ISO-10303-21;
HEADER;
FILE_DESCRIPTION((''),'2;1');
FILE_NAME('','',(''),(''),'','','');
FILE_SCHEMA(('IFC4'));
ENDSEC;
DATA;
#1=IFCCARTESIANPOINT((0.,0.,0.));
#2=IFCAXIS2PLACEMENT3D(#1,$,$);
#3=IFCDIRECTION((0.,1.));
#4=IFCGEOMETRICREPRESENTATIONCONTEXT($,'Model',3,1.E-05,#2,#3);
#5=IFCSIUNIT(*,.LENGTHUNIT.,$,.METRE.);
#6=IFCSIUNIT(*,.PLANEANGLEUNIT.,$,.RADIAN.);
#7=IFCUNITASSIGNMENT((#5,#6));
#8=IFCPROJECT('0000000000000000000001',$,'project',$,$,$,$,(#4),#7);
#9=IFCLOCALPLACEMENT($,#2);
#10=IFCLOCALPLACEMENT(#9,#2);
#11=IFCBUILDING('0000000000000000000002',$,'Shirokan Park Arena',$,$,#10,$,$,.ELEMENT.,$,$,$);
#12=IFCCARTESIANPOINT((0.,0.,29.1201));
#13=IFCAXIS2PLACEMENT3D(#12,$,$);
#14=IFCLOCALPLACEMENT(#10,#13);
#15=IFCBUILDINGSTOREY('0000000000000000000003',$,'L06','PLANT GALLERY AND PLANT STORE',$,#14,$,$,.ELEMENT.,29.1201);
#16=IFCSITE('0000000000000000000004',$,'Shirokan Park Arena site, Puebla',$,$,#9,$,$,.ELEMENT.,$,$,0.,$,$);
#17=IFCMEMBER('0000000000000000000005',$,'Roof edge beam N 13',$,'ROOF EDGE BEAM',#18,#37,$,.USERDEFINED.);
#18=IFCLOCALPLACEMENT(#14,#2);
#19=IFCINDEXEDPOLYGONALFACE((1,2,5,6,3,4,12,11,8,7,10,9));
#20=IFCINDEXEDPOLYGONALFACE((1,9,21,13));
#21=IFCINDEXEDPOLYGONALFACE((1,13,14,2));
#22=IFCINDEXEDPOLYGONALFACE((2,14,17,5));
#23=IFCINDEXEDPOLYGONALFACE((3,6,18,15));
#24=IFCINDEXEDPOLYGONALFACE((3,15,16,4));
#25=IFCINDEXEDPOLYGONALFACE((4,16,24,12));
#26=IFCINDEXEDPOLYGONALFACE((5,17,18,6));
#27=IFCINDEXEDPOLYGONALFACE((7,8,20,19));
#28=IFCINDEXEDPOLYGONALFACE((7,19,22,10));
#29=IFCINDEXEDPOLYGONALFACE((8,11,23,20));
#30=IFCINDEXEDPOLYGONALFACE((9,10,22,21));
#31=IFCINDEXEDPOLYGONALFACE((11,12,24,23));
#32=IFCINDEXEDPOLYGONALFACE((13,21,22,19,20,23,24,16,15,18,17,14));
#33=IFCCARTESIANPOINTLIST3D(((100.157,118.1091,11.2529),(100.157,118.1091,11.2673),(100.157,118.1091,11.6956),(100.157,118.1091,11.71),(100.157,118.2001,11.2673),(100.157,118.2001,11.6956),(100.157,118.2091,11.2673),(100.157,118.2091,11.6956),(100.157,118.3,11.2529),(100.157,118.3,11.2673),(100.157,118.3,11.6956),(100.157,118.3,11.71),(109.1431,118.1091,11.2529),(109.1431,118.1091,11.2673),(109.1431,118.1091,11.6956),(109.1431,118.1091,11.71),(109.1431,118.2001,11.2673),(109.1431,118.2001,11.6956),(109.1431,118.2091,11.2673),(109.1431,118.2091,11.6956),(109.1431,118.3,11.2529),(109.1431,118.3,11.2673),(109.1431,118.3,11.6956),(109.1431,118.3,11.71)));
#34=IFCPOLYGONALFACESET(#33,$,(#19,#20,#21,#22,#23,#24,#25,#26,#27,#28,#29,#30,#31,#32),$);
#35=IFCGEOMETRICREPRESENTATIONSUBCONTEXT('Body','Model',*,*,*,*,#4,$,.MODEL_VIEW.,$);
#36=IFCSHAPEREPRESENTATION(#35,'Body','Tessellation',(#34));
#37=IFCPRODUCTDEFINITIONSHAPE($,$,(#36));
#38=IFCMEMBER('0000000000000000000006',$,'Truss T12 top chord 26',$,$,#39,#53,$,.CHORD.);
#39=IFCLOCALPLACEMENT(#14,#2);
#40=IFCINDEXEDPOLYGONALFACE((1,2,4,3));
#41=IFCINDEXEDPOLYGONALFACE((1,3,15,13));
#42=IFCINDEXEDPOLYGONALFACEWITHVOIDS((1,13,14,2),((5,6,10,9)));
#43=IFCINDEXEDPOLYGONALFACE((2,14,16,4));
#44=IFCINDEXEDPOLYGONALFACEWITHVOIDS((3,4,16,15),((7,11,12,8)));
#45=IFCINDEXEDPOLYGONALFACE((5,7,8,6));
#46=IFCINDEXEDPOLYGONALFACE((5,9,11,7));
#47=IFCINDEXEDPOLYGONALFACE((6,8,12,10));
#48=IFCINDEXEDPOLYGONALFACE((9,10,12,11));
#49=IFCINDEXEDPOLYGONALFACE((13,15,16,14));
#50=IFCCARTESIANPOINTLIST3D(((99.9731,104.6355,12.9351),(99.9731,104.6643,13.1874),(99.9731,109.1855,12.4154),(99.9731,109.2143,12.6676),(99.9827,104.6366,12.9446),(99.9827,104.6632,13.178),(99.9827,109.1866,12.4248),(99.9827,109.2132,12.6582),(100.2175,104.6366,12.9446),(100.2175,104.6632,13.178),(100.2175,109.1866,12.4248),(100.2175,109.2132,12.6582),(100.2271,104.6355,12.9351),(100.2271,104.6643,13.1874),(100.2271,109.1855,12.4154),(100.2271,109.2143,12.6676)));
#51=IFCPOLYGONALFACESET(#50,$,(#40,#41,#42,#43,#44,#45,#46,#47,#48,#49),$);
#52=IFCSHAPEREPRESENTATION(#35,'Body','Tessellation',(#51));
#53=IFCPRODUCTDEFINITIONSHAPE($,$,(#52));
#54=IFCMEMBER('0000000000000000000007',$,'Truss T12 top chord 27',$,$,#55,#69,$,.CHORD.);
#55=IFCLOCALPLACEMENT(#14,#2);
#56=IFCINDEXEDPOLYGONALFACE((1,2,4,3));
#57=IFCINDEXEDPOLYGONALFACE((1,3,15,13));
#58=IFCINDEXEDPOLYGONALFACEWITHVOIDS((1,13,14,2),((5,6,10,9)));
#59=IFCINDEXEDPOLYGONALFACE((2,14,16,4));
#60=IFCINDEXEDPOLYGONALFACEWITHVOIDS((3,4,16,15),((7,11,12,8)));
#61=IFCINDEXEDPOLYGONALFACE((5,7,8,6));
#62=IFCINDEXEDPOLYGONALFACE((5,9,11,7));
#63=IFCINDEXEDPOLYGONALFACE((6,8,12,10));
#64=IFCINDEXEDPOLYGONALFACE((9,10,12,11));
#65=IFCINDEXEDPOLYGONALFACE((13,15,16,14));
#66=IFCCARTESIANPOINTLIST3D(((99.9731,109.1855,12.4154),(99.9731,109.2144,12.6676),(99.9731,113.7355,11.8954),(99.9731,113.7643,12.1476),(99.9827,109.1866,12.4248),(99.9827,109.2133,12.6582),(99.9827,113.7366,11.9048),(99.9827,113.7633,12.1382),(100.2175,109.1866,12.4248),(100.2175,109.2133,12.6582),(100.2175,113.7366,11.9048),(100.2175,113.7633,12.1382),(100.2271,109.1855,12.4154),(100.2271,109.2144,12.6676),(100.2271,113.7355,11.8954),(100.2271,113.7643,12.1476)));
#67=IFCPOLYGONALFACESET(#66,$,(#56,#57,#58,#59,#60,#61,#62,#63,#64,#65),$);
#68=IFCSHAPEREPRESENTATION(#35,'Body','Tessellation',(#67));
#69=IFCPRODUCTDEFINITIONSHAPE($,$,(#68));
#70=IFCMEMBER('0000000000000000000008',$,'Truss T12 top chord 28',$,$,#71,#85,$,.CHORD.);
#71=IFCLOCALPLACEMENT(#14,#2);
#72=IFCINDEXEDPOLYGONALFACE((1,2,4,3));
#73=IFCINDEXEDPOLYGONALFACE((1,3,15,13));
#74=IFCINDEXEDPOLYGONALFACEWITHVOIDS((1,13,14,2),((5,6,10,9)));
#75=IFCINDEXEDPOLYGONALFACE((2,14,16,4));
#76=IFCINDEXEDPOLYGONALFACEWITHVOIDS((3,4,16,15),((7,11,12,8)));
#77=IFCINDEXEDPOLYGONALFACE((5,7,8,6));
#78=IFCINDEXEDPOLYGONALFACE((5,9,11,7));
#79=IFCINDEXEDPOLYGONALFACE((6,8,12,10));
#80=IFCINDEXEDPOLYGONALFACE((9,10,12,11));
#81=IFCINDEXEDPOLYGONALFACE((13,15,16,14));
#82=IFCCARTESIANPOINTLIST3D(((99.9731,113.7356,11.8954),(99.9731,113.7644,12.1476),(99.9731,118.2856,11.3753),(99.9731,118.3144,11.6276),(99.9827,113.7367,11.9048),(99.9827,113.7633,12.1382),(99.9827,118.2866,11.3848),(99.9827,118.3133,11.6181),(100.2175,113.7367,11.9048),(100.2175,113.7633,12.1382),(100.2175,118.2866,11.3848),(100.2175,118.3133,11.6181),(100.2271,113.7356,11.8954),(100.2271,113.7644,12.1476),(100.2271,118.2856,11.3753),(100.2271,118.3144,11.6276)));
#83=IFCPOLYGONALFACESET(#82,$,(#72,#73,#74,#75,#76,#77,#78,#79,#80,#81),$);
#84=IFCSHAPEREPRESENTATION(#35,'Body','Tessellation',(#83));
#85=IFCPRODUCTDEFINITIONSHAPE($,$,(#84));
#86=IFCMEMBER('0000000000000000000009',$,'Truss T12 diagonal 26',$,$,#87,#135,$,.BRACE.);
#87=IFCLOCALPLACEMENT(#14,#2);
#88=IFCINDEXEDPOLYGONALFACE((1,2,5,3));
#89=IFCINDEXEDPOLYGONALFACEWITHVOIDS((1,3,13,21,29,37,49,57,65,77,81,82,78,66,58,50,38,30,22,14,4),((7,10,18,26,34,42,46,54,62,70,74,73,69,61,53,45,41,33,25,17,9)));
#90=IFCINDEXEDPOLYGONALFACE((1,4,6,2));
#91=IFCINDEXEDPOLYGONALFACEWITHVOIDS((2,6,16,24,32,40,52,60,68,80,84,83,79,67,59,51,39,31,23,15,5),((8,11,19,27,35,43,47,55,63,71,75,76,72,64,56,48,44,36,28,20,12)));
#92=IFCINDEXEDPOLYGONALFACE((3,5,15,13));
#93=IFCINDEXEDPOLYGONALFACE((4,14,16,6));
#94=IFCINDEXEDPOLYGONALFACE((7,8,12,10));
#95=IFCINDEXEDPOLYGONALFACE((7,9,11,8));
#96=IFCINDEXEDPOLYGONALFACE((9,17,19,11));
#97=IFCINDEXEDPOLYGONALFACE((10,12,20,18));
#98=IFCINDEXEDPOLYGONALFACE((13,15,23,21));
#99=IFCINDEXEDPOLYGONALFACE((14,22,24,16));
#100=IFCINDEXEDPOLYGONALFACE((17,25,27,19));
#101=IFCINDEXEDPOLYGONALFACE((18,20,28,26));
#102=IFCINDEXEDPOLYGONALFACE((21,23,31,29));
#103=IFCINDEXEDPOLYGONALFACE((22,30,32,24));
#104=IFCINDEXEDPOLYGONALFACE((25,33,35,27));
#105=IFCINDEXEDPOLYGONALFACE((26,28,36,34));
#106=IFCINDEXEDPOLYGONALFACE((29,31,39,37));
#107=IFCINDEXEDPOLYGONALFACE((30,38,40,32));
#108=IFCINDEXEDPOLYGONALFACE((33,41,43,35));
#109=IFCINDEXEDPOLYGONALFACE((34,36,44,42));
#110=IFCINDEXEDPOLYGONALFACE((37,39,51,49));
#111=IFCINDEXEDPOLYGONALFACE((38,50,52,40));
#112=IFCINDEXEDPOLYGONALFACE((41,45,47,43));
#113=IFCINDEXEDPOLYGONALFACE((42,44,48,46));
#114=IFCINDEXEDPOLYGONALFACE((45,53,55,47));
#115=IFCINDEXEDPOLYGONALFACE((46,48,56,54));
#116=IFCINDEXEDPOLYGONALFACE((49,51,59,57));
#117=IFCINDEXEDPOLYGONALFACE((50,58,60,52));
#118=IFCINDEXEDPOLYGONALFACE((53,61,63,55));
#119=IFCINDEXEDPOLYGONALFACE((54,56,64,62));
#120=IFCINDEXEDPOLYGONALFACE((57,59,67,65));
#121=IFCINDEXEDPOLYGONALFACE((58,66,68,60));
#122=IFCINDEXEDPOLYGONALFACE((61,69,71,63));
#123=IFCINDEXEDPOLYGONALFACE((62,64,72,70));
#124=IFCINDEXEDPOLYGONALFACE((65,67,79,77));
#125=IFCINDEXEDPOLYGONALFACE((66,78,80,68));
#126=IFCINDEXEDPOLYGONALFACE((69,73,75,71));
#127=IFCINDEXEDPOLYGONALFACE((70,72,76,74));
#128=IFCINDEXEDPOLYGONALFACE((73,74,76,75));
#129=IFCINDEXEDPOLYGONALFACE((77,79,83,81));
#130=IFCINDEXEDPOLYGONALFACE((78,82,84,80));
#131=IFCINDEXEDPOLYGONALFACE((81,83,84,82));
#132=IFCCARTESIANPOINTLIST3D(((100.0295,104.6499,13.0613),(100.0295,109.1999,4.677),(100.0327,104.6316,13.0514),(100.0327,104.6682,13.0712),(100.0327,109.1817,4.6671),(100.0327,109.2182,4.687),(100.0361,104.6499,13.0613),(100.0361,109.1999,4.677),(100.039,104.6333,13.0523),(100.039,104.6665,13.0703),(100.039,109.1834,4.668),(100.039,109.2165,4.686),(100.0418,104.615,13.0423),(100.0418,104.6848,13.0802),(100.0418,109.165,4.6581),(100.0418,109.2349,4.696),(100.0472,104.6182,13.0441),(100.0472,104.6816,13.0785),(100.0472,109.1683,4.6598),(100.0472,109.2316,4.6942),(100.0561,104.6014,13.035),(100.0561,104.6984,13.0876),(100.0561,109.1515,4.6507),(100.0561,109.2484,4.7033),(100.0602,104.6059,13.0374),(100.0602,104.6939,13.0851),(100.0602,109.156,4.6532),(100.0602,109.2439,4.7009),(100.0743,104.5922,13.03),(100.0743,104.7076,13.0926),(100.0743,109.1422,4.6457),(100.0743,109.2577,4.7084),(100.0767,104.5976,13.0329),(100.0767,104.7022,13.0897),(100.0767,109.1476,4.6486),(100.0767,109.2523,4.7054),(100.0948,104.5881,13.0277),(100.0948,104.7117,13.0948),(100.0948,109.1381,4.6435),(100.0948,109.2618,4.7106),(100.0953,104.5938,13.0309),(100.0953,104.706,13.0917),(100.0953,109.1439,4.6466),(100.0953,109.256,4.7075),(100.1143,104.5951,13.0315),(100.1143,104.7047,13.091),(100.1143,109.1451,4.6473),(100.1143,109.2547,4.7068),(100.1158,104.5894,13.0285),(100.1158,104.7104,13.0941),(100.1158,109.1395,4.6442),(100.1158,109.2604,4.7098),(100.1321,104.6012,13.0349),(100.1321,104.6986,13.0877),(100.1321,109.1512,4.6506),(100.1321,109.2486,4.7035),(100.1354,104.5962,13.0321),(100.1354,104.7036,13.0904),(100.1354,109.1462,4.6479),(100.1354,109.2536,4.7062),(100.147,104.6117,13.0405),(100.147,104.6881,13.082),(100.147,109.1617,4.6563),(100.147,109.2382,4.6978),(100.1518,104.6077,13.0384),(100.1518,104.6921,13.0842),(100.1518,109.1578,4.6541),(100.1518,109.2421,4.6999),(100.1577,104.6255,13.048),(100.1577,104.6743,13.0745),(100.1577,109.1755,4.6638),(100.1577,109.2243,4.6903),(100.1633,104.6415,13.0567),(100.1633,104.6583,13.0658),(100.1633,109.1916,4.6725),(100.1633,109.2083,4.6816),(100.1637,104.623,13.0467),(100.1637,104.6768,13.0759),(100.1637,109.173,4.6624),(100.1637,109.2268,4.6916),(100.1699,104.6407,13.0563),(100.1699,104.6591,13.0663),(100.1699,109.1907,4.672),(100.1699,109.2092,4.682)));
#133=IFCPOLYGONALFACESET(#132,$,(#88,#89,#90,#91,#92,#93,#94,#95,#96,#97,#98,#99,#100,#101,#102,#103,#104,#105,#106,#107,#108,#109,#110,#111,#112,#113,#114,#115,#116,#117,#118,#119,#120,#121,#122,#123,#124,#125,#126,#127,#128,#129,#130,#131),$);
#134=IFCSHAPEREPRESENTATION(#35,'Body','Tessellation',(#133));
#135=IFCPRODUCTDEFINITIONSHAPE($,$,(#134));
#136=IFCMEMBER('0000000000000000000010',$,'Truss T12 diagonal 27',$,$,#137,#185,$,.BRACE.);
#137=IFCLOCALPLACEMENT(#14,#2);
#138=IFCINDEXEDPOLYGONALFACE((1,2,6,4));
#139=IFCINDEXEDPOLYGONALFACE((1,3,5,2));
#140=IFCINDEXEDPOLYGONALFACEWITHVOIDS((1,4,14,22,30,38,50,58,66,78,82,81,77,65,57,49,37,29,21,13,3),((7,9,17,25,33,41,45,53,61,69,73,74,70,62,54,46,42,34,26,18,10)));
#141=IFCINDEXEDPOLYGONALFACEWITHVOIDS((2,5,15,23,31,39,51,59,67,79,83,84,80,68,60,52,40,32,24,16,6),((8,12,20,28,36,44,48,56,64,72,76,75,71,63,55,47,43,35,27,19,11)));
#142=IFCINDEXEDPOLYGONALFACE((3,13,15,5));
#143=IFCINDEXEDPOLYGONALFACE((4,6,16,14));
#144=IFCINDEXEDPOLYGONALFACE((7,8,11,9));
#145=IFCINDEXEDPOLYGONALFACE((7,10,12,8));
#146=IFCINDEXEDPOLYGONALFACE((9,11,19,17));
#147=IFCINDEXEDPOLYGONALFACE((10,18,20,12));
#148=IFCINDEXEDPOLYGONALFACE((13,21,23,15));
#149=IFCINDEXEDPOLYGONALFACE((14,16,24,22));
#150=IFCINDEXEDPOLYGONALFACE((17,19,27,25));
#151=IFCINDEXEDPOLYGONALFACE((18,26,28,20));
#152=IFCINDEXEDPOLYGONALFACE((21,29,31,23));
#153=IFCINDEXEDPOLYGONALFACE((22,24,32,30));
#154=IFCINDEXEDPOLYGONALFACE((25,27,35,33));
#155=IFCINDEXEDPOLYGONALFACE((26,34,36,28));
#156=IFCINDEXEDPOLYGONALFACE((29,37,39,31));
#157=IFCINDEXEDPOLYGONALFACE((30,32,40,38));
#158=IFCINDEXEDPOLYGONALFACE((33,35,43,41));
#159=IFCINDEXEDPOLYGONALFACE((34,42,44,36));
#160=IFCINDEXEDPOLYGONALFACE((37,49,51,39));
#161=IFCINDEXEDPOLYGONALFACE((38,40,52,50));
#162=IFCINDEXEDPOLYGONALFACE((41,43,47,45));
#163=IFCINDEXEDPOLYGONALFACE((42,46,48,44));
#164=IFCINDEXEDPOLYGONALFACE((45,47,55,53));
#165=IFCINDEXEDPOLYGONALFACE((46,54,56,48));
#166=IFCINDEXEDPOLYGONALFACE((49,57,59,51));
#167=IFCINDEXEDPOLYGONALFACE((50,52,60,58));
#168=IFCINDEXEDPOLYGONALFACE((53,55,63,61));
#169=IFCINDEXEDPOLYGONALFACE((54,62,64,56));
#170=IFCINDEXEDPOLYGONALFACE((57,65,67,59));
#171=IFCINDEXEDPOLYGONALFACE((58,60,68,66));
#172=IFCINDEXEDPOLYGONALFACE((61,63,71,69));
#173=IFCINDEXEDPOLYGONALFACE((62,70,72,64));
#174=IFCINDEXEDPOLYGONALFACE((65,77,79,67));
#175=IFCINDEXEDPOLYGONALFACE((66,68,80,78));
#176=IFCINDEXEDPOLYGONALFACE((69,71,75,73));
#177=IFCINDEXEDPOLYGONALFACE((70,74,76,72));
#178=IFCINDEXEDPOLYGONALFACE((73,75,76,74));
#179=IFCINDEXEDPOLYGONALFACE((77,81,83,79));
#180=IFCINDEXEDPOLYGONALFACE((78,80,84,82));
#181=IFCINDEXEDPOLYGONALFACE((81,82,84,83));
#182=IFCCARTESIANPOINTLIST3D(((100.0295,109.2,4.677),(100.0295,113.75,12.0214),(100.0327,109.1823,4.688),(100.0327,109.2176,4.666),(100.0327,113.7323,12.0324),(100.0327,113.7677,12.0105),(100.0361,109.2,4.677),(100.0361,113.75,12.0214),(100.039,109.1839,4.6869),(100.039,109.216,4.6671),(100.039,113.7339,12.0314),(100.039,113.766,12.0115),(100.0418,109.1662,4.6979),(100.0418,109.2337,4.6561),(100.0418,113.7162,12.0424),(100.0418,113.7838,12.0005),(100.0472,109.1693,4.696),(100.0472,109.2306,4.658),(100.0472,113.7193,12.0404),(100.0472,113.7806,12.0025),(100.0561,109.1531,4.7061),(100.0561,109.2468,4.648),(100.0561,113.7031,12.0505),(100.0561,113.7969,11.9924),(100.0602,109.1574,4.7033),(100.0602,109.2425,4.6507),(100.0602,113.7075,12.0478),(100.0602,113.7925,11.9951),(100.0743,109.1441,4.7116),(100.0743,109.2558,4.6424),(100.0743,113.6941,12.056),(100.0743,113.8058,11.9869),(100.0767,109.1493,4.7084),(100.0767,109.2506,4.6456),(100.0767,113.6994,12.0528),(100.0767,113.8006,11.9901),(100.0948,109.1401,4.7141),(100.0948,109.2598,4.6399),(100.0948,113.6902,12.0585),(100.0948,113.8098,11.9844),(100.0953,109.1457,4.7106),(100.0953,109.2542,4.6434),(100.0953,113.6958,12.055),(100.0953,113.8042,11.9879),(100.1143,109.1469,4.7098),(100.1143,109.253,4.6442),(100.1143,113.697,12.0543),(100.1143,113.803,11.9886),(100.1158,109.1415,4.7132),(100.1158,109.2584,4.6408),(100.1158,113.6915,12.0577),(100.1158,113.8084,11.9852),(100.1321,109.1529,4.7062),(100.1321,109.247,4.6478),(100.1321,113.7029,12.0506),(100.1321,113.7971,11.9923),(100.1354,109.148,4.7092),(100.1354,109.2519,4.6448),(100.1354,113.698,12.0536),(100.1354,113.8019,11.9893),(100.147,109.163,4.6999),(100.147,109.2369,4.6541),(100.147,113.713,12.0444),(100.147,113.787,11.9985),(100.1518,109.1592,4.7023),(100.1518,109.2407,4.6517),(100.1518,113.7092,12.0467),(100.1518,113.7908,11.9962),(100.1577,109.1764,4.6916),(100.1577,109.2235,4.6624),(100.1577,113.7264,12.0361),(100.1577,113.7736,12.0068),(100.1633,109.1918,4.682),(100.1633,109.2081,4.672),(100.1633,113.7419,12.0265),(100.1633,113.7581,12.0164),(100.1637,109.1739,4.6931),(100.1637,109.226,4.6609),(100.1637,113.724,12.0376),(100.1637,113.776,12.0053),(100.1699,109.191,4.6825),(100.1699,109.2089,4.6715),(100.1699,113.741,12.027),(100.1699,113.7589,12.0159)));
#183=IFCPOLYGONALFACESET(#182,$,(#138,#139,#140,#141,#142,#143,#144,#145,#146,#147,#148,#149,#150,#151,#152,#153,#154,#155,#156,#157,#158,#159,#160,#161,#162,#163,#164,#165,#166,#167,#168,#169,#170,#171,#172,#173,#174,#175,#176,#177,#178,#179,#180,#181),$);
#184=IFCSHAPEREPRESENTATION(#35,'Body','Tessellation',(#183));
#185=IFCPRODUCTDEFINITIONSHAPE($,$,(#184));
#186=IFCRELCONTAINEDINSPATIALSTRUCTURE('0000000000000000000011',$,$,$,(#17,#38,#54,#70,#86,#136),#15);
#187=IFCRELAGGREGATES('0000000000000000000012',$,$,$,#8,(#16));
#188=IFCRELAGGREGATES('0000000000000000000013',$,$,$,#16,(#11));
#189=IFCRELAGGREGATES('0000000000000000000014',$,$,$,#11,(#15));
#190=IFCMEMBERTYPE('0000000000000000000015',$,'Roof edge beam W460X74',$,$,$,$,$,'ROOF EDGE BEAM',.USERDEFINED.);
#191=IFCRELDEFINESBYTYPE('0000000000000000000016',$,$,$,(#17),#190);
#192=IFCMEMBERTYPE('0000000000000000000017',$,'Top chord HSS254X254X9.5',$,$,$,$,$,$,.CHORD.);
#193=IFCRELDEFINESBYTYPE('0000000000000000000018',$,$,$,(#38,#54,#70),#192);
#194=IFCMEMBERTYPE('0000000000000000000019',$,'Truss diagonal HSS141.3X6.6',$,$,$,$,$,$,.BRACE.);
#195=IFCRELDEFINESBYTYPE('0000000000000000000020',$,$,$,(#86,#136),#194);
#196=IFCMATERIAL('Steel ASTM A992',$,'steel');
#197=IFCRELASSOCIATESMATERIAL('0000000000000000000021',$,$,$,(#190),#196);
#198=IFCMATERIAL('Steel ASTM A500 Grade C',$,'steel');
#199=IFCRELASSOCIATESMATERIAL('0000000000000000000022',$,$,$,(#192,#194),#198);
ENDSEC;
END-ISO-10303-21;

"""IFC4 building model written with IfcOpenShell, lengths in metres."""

from ifc_helpers import new_model, si_unit, direction, frame, origin, origin_2d, place, context, subcontext, project, spatial, hollow_rectangle, hollow_circle, i_section, extrude, material, material_profile, profile_set, type_object, element, save


model = new_model("IFC4")

# Units and contexts
model_context = context("Model", 3, precision=1e-05, world=origin(), true_north=direction((0.0, 1.0)))
body_context = subcontext(model_context, "Body", "Model", "MODEL_VIEW")
ifc_project = project(units=[si_unit("LENGTHUNIT", "METRE"), si_unit("PLANEANGLEUNIT", "RADIAN")], contexts=[model_context])

# Site, building, storey
site_placement = place(None, origin())
site = spatial("IfcSite", under=ifc_project, at=site_placement, Name="Shirokan Park Arena site, Puebla", CompositionType="ELEMENT", RefElevation=0.0)
building_placement = place(site_placement, origin())
building = spatial("IfcBuilding", under=site, at=building_placement, Name="Shirokan Park Arena", CompositionType="ELEMENT")
storey_placement = place(building_placement, frame((0.0, 0.0, 29.1201)))
storey = spatial("IfcBuildingStorey", under=building, at=storey_placement, Name="L06", Description="PLANT GALLERY AND PLANT STORE", CompositionType="ELEMENT", Elevation=29.1201)

# Shared definitions
ifc_material_1 = material(Name="Steel ASTM A500 Grade C", Category="steel")
ifc_material_2 = material(Name="Steel ASTM A992", Category="steel")

# Members
ifc_material_profile_1 = material_profile(ifc_material_2, i_section(OverallWidth=0.1909, OverallDepth=0.457, WebThickness=0.009, FlangeThickness=0.0144, at=origin_2d()), Name="W460X74")
ifc_profile_set_1 = profile_set([ifc_material_profile_1], Name="Steel ASTM A992")
member_type_1 = type_object("IfcMemberType", Name="Roof edge beam W460X74", ElementType="ROOF EDGE BEAM", PredefinedType="USERDEFINED", material=ifc_profile_set_1)
member_1_placement = place(storey_placement, frame((100.157, 118.2046, 11.4814), z_axis=(1.0, 0.0, 0.0), x_axis=(0.0, 1.0, 0.0)))
element("IfcMember", 1, at=member_1_placement, inside=storey, type_object=member_type_1, Name="Roof edge beam N 13", ObjectType="ROOF EDGE BEAM", PredefinedType="USERDEFINED", context=body_context, shape_type="SweptSolid", body=[
    extrude(i_section(OverallWidth=0.1909, OverallDepth=0.457, WebThickness=0.009, FlangeThickness=0.0144, at=origin_2d()), origin(), (0.0, 0.0, 1.0), 8.9861),
])
ifc_material_profile_2 = material_profile(ifc_material_1, hollow_rectangle(XDim=0.2539, YDim=0.2539, WallThickness=0.0095, at=origin_2d()), Name="HSS254X254X9.5")
ifc_profile_set_2 = profile_set([ifc_material_profile_2], Name="Steel ASTM A500 Grade C")
member_type_2 = type_object("IfcMemberType", Name="Top chord HSS254X254X9.5", PredefinedType="CHORD", material=ifc_profile_set_2)
for number, where, z_axis, x_axis, name in (
    (2, (100.1001, 104.6499, 13.0613), (0.0, 0.993538, -0.113497), (-1.0, 0.0, 0.0), "Truss T12 top chord 26"),
    (3, (100.1001, 109.2, 12.5415), (0.0, 0.993532, -0.11355), (-1.0, 0.0, 0.0), "Truss T12 top chord 27"),
    (4, (100.1001, 113.75, 12.0215), (0.0, 0.993532, -0.11355), (-1.0, 0.0, 0.0), "Truss T12 top chord 28"),
):
    element("IfcMember", number, at=place(storey_placement, frame(where, z_axis=z_axis, x_axis=x_axis)), inside=storey, type_object=member_type_2, Name=name, PredefinedType="CHORD", context=body_context, shape_type="SweptSolid", body=[
        extrude(hollow_rectangle(XDim=0.2539, YDim=0.2539, WallThickness=0.0095, at=origin_2d()), origin(), (0.0, 0.0, 1.0), 4.5796),
    ])
ifc_material_profile_3 = material_profile(ifc_material_1, hollow_circle(Radius=0.0706, WallThickness=0.0066, at=origin_2d()), Name="HSS141.3X6.6")
ifc_profile_set_3 = profile_set([ifc_material_profile_3], Name="Steel ASTM A500 Grade C")
member_type_3 = type_object("IfcMemberType", Name="Truss diagonal HSS141.3X6.6", PredefinedType="BRACE", material=ifc_profile_set_3)
member_2_placement = place(storey_placement, frame((100.1001, 104.6499, 13.0613), z_axis=(0.0, 0.476977, -0.878916), x_axis=(-1.0, 0.0, 0.0)))
element("IfcMember", 5, at=member_2_placement, inside=storey, type_object=member_type_3, Name="Truss T12 diagonal 26", PredefinedType="BRACE", context=body_context, shape_type="SweptSolid", body=[
    extrude(hollow_circle(Radius=0.0706, WallThickness=0.0066, at=origin_2d()), origin(), (0.0, 0.0, 1.0), 9.5393),
])
member_3_placement = place(storey_placement, frame((100.1001, 109.2, 4.677), z_axis=(0.0, 0.526644, 0.850086), x_axis=(-1.0, 0.0, 0.0)))
element("IfcMember", 6, at=member_3_placement, inside=storey, type_object=member_type_3, Name="Truss T12 diagonal 27", PredefinedType="BRACE", context=body_context, shape_type="SweptSolid", body=[
    extrude(hollow_circle(Radius=0.0706, WallThickness=0.0066, at=origin_2d()), origin(), (0.0, 0.0, 1.0), 8.6396),
])

save(model, "model.ifc")
